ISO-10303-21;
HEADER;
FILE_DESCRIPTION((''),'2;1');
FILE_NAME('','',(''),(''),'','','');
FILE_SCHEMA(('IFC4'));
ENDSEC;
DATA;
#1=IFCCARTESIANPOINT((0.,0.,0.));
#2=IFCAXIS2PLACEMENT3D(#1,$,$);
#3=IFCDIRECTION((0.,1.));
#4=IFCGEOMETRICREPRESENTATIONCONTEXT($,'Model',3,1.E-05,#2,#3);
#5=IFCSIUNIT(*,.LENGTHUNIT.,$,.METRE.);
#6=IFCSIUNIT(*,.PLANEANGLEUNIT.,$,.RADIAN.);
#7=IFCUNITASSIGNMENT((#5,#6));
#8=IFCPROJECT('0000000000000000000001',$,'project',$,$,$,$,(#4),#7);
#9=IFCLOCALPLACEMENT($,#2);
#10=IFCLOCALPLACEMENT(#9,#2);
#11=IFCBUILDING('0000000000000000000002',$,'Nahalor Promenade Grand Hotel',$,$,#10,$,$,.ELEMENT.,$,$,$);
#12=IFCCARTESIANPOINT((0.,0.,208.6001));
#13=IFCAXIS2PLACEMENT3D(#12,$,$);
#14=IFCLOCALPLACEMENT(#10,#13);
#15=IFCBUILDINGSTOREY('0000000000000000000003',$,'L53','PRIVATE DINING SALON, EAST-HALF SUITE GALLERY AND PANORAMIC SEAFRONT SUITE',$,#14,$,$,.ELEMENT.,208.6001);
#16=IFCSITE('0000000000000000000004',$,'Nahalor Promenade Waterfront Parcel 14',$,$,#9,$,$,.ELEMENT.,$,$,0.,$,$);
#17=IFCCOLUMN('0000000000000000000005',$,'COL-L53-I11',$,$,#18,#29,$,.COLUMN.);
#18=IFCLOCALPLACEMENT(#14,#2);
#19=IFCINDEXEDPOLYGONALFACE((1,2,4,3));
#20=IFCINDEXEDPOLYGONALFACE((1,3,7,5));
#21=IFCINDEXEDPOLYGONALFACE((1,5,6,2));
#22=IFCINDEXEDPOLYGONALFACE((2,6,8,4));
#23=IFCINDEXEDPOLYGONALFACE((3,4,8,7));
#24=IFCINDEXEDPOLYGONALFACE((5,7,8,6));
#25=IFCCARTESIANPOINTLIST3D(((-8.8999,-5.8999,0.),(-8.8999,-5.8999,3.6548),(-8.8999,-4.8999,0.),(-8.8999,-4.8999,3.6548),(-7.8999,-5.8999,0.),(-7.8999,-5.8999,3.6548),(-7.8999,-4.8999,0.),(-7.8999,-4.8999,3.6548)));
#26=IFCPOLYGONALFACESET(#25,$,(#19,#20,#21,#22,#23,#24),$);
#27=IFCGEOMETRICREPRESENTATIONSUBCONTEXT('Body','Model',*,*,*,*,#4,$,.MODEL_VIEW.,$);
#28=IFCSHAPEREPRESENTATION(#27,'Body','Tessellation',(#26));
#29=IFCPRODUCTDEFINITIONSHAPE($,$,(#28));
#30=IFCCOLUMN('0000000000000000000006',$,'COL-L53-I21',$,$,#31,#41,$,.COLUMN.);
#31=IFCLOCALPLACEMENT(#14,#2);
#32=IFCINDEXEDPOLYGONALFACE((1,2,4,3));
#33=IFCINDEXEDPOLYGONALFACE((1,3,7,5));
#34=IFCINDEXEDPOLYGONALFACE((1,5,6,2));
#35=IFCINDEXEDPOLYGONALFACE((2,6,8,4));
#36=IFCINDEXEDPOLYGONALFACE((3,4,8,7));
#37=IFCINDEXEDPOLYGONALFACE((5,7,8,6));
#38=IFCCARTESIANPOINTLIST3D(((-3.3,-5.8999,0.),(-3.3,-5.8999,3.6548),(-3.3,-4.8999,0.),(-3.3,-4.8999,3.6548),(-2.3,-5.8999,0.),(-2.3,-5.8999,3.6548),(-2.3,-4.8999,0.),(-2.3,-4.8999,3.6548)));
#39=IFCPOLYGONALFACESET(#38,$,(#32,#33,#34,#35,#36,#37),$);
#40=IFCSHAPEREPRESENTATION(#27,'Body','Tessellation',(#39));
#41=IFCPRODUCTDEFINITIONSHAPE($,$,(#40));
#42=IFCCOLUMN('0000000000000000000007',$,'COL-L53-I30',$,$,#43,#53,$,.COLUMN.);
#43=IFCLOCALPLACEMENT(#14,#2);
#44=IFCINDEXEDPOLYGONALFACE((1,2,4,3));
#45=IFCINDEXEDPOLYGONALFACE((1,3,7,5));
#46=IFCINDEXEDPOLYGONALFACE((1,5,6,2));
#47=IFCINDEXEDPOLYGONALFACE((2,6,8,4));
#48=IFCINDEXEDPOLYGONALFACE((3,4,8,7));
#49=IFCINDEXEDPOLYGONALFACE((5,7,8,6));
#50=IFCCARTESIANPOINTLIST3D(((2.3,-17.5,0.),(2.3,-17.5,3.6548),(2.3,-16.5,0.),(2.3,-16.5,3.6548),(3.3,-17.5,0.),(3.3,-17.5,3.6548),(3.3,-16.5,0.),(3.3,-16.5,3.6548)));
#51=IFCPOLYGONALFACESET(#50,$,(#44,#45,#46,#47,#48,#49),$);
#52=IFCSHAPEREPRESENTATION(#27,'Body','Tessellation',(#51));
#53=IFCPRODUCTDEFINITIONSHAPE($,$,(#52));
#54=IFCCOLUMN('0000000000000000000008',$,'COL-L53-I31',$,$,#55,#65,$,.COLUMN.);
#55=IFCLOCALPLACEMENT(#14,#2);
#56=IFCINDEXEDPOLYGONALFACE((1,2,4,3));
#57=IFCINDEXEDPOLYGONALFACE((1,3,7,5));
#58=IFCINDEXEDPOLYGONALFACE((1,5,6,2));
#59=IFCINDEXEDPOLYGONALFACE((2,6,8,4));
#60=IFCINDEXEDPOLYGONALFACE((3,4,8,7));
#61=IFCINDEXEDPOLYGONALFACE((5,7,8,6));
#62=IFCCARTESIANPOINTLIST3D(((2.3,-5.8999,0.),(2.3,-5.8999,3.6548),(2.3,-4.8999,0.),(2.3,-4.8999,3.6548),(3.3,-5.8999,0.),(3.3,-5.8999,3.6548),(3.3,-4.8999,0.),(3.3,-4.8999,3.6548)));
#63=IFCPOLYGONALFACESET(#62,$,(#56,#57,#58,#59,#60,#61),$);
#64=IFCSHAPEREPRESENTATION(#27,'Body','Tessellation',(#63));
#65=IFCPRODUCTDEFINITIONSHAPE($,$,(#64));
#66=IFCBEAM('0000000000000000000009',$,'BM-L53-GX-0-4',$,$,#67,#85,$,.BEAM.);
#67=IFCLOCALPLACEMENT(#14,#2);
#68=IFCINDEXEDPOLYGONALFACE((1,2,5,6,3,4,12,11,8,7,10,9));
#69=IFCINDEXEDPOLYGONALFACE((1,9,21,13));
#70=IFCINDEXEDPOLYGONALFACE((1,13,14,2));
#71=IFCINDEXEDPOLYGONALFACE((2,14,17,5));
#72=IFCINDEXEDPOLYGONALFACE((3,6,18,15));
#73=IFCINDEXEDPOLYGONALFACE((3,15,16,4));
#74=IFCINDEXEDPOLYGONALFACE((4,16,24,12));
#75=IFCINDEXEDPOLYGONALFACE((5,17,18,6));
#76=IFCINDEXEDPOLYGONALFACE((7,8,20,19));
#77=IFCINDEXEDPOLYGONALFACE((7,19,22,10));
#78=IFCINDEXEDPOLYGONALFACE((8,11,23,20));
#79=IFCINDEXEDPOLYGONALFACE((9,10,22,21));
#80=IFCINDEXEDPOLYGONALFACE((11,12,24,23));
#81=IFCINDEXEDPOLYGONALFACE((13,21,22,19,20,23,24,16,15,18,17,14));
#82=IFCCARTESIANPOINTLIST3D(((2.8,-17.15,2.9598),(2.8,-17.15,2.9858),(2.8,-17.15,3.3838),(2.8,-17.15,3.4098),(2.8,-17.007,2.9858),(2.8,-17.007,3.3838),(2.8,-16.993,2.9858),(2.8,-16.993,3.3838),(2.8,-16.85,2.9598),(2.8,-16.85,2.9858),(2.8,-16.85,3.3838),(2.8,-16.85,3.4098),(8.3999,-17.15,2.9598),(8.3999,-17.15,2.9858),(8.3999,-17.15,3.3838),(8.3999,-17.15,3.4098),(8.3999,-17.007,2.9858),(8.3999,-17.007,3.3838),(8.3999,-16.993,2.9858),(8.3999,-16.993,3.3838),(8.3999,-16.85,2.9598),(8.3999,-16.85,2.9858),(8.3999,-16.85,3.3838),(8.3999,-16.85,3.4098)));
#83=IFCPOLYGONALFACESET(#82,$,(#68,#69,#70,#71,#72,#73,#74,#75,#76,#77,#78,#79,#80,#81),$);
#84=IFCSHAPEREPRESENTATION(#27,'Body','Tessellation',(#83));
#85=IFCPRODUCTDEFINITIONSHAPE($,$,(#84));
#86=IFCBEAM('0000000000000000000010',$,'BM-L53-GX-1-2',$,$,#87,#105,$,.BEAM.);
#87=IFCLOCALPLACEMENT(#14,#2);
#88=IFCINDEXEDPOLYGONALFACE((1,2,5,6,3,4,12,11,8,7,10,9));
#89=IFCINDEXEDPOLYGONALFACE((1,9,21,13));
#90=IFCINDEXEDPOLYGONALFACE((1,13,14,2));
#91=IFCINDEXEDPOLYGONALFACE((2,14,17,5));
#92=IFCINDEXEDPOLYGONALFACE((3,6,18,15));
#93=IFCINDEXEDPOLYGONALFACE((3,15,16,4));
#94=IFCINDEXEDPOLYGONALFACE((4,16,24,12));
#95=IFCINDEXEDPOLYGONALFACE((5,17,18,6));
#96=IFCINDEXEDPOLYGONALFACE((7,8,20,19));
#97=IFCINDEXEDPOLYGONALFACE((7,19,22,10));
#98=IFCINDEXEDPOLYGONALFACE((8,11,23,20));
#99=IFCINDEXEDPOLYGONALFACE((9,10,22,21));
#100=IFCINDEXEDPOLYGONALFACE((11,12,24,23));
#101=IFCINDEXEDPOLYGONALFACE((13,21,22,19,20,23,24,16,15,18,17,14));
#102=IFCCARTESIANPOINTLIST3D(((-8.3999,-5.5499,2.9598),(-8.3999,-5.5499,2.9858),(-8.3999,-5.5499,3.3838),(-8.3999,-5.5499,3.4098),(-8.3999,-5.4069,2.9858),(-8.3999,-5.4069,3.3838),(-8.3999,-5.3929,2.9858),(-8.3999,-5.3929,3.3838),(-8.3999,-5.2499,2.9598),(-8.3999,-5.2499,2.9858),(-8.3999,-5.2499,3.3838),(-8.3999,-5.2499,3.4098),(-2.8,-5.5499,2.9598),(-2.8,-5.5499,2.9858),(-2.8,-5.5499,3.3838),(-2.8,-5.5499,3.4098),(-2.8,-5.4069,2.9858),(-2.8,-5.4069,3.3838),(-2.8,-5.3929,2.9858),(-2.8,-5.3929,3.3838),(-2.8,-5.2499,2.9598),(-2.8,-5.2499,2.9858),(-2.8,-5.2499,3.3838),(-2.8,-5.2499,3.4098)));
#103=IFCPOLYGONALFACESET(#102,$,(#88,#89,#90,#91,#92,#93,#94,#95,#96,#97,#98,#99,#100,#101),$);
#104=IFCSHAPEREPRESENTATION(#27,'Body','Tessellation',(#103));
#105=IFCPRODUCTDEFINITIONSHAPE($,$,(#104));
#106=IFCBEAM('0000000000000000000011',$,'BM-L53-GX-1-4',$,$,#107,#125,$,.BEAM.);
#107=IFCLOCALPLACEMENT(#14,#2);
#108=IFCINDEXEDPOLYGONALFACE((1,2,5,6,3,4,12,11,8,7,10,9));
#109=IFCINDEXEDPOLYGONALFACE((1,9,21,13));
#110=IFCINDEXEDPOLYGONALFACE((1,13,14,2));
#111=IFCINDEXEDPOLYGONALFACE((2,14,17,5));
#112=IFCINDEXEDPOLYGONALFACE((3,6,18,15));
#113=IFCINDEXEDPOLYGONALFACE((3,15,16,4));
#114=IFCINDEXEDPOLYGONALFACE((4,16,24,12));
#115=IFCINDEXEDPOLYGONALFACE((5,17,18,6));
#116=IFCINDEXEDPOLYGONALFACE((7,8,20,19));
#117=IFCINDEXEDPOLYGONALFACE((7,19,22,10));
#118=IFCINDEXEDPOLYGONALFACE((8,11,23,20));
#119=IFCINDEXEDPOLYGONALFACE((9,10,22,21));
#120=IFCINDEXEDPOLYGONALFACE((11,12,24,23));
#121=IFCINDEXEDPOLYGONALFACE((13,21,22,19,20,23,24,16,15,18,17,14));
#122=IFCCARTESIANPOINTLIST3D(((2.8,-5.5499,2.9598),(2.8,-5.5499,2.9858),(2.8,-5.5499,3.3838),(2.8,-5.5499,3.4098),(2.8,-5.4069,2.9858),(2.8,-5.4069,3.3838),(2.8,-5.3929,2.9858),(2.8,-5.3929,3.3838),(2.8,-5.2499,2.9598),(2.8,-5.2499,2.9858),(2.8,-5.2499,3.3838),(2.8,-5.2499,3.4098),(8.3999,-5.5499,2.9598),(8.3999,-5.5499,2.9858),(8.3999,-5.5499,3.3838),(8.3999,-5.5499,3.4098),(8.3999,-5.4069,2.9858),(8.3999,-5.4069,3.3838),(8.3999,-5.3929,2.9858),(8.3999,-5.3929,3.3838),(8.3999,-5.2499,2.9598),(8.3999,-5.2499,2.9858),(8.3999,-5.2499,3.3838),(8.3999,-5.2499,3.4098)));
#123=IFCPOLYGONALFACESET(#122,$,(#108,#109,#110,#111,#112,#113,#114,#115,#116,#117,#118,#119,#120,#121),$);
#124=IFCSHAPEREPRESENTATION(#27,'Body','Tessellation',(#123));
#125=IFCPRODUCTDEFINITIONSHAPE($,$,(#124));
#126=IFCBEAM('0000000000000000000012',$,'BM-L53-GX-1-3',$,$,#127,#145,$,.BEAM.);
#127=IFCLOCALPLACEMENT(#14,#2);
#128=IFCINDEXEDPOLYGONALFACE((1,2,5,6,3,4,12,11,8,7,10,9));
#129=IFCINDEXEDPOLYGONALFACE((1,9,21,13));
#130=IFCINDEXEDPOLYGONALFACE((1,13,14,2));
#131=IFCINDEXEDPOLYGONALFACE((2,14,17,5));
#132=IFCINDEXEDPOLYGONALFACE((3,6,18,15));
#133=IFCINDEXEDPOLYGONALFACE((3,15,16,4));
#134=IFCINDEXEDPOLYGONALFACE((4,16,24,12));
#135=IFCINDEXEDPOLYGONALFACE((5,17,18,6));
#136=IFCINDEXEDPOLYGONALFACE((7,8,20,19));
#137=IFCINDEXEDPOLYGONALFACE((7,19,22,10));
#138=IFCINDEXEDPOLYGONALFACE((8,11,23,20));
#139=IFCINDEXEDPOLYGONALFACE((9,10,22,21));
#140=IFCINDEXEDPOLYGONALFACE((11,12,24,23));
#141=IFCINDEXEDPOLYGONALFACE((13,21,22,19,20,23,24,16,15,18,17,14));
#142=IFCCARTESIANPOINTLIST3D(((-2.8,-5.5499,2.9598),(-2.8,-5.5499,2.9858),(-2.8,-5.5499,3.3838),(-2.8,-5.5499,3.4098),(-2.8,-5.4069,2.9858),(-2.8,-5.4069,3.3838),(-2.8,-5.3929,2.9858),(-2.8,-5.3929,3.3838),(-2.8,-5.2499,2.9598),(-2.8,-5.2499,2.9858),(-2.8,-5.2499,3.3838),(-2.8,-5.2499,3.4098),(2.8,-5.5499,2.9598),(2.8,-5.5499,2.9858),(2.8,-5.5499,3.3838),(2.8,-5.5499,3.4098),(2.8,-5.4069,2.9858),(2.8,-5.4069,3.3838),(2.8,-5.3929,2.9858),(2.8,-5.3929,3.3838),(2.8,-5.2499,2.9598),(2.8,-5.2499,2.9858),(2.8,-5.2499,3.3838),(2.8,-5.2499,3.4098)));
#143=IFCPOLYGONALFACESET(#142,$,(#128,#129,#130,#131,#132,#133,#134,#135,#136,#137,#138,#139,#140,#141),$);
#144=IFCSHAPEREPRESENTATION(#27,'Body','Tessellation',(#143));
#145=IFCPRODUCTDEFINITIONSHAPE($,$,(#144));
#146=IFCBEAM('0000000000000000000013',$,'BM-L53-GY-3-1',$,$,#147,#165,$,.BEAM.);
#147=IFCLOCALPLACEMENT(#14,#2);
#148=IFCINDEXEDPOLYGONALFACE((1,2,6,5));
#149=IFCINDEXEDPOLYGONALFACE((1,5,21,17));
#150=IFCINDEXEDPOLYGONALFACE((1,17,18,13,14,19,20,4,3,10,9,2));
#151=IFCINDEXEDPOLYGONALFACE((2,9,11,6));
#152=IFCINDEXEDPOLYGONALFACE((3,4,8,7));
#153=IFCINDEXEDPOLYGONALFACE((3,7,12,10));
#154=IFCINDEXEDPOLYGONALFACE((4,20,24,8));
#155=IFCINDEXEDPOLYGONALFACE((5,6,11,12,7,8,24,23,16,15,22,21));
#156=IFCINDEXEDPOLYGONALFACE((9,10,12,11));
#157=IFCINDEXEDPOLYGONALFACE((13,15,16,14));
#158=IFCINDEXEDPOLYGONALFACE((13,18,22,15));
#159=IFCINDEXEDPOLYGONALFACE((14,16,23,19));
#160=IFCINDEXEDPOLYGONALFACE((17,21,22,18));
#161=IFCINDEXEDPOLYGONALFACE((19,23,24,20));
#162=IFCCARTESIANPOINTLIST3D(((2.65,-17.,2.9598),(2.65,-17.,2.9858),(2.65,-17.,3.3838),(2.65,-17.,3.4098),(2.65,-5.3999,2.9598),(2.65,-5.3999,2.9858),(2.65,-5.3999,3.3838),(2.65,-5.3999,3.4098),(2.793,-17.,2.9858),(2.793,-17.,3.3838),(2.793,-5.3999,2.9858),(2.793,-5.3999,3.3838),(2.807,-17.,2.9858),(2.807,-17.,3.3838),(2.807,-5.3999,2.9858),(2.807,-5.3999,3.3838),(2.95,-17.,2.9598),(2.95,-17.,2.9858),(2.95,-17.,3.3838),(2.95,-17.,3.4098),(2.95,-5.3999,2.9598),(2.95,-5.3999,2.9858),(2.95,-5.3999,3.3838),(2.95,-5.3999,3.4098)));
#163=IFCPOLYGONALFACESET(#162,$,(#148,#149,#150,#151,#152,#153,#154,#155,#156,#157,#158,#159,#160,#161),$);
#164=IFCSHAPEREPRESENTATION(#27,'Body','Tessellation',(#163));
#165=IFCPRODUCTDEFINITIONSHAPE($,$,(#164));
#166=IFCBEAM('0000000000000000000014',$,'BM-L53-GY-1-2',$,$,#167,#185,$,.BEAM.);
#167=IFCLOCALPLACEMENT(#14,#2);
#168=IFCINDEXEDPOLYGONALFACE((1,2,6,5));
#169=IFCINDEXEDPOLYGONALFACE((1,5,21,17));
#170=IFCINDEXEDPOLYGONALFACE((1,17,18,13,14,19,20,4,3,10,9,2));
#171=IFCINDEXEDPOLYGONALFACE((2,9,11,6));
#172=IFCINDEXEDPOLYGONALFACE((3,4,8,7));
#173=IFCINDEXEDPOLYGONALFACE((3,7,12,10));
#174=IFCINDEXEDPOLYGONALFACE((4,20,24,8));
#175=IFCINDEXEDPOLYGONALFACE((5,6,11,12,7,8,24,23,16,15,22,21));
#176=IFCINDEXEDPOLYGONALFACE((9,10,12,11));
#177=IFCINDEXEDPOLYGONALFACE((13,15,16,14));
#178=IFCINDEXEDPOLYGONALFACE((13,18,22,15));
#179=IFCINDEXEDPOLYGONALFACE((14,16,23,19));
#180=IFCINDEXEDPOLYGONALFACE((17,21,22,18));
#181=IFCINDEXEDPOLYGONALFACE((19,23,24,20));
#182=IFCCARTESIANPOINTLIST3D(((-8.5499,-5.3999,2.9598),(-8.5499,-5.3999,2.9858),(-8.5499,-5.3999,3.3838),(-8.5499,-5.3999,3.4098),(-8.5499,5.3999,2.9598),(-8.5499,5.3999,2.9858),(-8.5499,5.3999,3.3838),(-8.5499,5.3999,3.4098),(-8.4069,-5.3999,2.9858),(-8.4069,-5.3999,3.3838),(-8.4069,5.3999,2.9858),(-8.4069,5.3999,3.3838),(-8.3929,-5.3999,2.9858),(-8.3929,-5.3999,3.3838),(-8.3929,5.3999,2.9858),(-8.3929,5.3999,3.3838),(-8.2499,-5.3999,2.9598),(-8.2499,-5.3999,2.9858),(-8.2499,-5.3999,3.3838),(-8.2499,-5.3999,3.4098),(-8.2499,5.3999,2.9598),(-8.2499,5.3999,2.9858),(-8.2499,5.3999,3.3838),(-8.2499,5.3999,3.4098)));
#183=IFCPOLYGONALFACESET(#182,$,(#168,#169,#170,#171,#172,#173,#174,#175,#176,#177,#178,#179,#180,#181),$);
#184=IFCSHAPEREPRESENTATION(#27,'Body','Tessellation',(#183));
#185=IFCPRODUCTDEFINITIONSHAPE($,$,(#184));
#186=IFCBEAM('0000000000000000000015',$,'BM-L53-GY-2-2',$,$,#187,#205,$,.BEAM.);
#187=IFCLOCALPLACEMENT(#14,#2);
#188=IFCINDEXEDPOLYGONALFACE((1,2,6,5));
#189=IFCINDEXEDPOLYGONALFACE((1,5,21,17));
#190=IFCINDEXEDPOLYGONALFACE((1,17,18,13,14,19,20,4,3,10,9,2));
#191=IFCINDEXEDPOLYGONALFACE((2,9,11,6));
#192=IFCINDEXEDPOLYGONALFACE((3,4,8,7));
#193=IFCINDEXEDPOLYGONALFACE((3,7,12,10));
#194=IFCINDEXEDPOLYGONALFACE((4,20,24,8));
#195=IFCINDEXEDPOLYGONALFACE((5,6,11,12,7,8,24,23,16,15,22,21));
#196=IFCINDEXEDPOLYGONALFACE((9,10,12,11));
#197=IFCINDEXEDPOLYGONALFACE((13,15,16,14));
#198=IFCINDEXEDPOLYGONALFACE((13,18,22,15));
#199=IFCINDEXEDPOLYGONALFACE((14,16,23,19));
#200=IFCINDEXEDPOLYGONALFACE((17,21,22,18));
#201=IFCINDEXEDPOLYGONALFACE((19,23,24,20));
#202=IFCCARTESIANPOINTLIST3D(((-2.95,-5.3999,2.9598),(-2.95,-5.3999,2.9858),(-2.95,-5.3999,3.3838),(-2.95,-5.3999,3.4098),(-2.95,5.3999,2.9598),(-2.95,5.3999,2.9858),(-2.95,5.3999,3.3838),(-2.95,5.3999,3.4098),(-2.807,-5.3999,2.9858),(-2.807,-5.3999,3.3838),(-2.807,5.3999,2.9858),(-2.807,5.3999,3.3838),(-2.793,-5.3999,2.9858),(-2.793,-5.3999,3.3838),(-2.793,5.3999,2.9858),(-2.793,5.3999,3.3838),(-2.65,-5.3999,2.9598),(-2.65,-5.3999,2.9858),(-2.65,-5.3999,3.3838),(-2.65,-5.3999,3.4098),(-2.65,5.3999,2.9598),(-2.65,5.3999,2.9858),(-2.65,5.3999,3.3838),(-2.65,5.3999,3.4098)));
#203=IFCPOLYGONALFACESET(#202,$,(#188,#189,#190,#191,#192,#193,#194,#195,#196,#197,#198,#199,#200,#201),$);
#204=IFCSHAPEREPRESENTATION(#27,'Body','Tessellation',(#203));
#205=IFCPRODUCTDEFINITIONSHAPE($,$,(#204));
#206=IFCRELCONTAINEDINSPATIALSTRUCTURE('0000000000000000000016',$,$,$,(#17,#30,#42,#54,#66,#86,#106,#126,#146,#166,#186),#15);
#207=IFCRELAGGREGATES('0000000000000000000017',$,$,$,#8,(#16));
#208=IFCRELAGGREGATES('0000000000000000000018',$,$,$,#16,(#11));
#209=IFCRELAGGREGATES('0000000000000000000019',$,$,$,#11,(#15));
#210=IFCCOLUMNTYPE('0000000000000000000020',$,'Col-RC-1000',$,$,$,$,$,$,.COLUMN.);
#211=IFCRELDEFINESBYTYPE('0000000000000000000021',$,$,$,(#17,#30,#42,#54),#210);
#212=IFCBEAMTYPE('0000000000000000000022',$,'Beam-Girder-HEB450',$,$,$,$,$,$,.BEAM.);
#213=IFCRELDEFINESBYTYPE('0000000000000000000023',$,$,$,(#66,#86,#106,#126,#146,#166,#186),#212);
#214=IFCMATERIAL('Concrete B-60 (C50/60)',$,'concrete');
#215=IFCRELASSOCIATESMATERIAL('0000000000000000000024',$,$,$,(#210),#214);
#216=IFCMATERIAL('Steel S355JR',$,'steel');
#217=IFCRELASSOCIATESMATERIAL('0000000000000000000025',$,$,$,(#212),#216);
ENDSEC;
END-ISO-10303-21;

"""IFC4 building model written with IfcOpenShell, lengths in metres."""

from ifc_helpers import new_model, si_unit, direction, frame, origin, origin_2d, place, context, subcontext, project, spatial, rectangle, i_section, extrude, source, transform, mapped, material, material_profile, profile_set, type_object, element, save


model = new_model("IFC4")

# Units and contexts
model_context = context("Model", 3, precision=1e-05, world=origin(), true_north=direction((0.0, 1.0)))
body_context = subcontext(model_context, "Body", "Model", "MODEL_VIEW")
ifc_project = project(units=[si_unit("LENGTHUNIT", "METRE"), si_unit("PLANEANGLEUNIT", "RADIAN")], contexts=[model_context])

# Site, building, storey
site_placement = place(None, origin())
site = spatial("IfcSite", under=ifc_project, at=site_placement, Name="Nahalor Promenade Waterfront Parcel 14", CompositionType="ELEMENT", RefElevation=0.0)
building_placement = place(site_placement, origin())
building = spatial("IfcBuilding", under=site, at=building_placement, Name="Nahalor Promenade Grand Hotel", CompositionType="ELEMENT")
storey_placement = place(building_placement, frame((0.0, 0.0, 208.6001)))
storey = spatial("IfcBuildingStorey", under=building, at=storey_placement, Name="L53", Description="PRIVATE DINING SALON, EAST-HALF SUITE GALLERY AND PANORAMIC SEAFRONT SUITE", CompositionType="ELEMENT", Elevation=208.6001)

# Columns
ifc_material_1 = material(Name="Concrete B-60 (C50/60)", Category="concrete")
ifc_material_profile_1 = material_profile(ifc_material_1, rectangle(XDim=1.0, YDim=1.0, at=origin_2d()), Name="RC 1000x1000")
ifc_profile_set_1 = profile_set([ifc_material_profile_1], Name="Concrete B-60 (C50/60)")
column_type = type_object("IfcColumnType", Name="Col-RC-1000", PredefinedType="COLUMN", material=ifc_profile_set_1)
shared_shape_1 = source(origin(), body_context, "Body", "SweptSolid", [
    extrude(rectangle(XDim=1.0, YDim=1.0, at=origin_2d()), origin(), (0.0, 0.0, 1.0), 3.6548),
])
for number, where, z_axis, x_axis, name in (
    (1, (-8.3999, -5.3999, 0.0), (0.0, 0.0, 1.0), (1.0, 0.0, 0.0), "COL-L53-I11"),
    (2, (-2.8, -5.3999, 0.0), (0.0, 0.0, 1.0), (1.0, 0.0, 0.0), "COL-L53-I21"),
    (3, (2.8, -17.0, 0.0), (0.0, 0.0, 1.0), (1.0, 0.0, 0.0), "COL-L53-I30"),
    (4, (2.8, -5.3999, 0.0), (0.0, 0.0, 1.0), (1.0, 0.0, 0.0), "COL-L53-I31"),
):
    element("IfcColumn", number, at=place(storey_placement, frame(where, z_axis=z_axis, x_axis=x_axis)), inside=storey, type_object=column_type, Name=name, PredefinedType="COLUMN", context=body_context, shape_type="MappedRepresentation", body=[
        mapped(shared_shape_1, transform((0.0, 0.0, 0.0), scale=1.0)),
    ])

# Beams
ifc_material_2 = material(Name="Steel S355JR", Category="steel")
ifc_material_profile_2 = material_profile(ifc_material_2, i_section(OverallWidth=0.3, OverallDepth=0.45, WebThickness=0.014, FlangeThickness=0.026, at=origin_2d()), Name="HEB 450")
ifc_profile_set_2 = profile_set([ifc_material_profile_2], Name="Steel S355JR")
beam_type = type_object("IfcBeamType", Name="Beam-Girder-HEB450", PredefinedType="BEAM", material=ifc_profile_set_2)
shared_shape_2 = source(origin(), body_context, "Body", "SweptSolid", [
    extrude(i_section(OverallWidth=0.3, OverallDepth=0.45, WebThickness=0.014, FlangeThickness=0.026, at=origin_2d()), origin(), (0.0, 0.0, 1.0), 5.5999),
])
for number, where, z_axis, x_axis, name in (
    (5, (2.8, -17.0, 3.1848), (1.0, 0.0, 0.0), (0.0, 1.0, 0.0), "BM-L53-GX-0-4"),
    (6, (-8.3999, -5.3999, 3.1848), (1.0, 0.0, 0.0), (0.0, 1.0, 0.0), "BM-L53-GX-1-2"),
    (7, (2.8, -5.3999, 3.1848), (1.0, 0.0, 0.0), (0.0, 1.0, 0.0), "BM-L53-GX-1-4"),
):
    element("IfcBeam", number, at=place(storey_placement, frame(where, z_axis=z_axis, x_axis=x_axis)), inside=storey, type_object=beam_type, Name=name, PredefinedType="BEAM", context=body_context, shape_type="MappedRepresentation", body=[
        mapped(shared_shape_2, transform((0.0, 0.0, 0.0), scale=1.0)),
    ])
shared_shape_3 = source(origin(), body_context, "Body", "SweptSolid", [
    extrude(i_section(OverallWidth=0.3, OverallDepth=0.45, WebThickness=0.014, FlangeThickness=0.026, at=origin_2d()), origin(), (0.0, 0.0, 1.0), 5.6001),
])
beam_1_placement = place(storey_placement, frame((-2.8, -5.3999, 3.1848), z_axis=(1.0, 0.0, 0.0), x_axis=(0.0, 1.0, 0.0)))
element("IfcBeam", 8, at=beam_1_placement, inside=storey, type_object=beam_type, Name="BM-L53-GX-1-3", PredefinedType="BEAM", context=body_context, shape_type="MappedRepresentation", body=[
    mapped(shared_shape_3, transform((0.0, 0.0, 0.0), scale=1.0)),
])
shared_shape_4 = source(origin(), body_context, "Body", "SweptSolid", [
    extrude(i_section(OverallWidth=0.3, OverallDepth=0.45, WebThickness=0.014, FlangeThickness=0.026, at=origin_2d()), origin(), (0.0, 0.0, 1.0), 11.6001),
])
beam_2_placement = place(storey_placement, frame((2.8, -17.0, 3.1848), z_axis=(0.0, 1.0, 0.0), x_axis=(-1.0, 0.0, 0.0)))
element("IfcBeam", 9, at=beam_2_placement, inside=storey, type_object=beam_type, Name="BM-L53-GY-3-1", PredefinedType="BEAM", context=body_context, shape_type="MappedRepresentation", body=[
    mapped(shared_shape_4, transform((0.0, 0.0, 0.0), scale=1.0)),
])
shared_shape_5 = source(origin(), body_context, "Body", "SweptSolid", [
    extrude(i_section(OverallWidth=0.3, OverallDepth=0.45, WebThickness=0.014, FlangeThickness=0.026, at=origin_2d()), origin(), (0.0, 0.0, 1.0), 10.7998),
])
for number, where, z_axis, x_axis, name in (
    (10, (-8.3999, -5.3999, 3.1848), (0.0, 1.0, 0.0), (-1.0, 0.0, 0.0), "BM-L53-GY-1-2"),
    (11, (-2.8, -5.3999, 3.1848), (0.0, 1.0, 0.0), (-1.0, 0.0, 0.0), "BM-L53-GY-2-2"),
):
    element("IfcBeam", number, at=place(storey_placement, frame(where, z_axis=z_axis, x_axis=x_axis)), inside=storey, type_object=beam_type, Name=name, PredefinedType="BEAM", context=body_context, shape_type="MappedRepresentation", body=[
        mapped(shared_shape_5, transform((0.0, 0.0, 0.0), scale=1.0)),
    ])

save(model, "model.ifc")
